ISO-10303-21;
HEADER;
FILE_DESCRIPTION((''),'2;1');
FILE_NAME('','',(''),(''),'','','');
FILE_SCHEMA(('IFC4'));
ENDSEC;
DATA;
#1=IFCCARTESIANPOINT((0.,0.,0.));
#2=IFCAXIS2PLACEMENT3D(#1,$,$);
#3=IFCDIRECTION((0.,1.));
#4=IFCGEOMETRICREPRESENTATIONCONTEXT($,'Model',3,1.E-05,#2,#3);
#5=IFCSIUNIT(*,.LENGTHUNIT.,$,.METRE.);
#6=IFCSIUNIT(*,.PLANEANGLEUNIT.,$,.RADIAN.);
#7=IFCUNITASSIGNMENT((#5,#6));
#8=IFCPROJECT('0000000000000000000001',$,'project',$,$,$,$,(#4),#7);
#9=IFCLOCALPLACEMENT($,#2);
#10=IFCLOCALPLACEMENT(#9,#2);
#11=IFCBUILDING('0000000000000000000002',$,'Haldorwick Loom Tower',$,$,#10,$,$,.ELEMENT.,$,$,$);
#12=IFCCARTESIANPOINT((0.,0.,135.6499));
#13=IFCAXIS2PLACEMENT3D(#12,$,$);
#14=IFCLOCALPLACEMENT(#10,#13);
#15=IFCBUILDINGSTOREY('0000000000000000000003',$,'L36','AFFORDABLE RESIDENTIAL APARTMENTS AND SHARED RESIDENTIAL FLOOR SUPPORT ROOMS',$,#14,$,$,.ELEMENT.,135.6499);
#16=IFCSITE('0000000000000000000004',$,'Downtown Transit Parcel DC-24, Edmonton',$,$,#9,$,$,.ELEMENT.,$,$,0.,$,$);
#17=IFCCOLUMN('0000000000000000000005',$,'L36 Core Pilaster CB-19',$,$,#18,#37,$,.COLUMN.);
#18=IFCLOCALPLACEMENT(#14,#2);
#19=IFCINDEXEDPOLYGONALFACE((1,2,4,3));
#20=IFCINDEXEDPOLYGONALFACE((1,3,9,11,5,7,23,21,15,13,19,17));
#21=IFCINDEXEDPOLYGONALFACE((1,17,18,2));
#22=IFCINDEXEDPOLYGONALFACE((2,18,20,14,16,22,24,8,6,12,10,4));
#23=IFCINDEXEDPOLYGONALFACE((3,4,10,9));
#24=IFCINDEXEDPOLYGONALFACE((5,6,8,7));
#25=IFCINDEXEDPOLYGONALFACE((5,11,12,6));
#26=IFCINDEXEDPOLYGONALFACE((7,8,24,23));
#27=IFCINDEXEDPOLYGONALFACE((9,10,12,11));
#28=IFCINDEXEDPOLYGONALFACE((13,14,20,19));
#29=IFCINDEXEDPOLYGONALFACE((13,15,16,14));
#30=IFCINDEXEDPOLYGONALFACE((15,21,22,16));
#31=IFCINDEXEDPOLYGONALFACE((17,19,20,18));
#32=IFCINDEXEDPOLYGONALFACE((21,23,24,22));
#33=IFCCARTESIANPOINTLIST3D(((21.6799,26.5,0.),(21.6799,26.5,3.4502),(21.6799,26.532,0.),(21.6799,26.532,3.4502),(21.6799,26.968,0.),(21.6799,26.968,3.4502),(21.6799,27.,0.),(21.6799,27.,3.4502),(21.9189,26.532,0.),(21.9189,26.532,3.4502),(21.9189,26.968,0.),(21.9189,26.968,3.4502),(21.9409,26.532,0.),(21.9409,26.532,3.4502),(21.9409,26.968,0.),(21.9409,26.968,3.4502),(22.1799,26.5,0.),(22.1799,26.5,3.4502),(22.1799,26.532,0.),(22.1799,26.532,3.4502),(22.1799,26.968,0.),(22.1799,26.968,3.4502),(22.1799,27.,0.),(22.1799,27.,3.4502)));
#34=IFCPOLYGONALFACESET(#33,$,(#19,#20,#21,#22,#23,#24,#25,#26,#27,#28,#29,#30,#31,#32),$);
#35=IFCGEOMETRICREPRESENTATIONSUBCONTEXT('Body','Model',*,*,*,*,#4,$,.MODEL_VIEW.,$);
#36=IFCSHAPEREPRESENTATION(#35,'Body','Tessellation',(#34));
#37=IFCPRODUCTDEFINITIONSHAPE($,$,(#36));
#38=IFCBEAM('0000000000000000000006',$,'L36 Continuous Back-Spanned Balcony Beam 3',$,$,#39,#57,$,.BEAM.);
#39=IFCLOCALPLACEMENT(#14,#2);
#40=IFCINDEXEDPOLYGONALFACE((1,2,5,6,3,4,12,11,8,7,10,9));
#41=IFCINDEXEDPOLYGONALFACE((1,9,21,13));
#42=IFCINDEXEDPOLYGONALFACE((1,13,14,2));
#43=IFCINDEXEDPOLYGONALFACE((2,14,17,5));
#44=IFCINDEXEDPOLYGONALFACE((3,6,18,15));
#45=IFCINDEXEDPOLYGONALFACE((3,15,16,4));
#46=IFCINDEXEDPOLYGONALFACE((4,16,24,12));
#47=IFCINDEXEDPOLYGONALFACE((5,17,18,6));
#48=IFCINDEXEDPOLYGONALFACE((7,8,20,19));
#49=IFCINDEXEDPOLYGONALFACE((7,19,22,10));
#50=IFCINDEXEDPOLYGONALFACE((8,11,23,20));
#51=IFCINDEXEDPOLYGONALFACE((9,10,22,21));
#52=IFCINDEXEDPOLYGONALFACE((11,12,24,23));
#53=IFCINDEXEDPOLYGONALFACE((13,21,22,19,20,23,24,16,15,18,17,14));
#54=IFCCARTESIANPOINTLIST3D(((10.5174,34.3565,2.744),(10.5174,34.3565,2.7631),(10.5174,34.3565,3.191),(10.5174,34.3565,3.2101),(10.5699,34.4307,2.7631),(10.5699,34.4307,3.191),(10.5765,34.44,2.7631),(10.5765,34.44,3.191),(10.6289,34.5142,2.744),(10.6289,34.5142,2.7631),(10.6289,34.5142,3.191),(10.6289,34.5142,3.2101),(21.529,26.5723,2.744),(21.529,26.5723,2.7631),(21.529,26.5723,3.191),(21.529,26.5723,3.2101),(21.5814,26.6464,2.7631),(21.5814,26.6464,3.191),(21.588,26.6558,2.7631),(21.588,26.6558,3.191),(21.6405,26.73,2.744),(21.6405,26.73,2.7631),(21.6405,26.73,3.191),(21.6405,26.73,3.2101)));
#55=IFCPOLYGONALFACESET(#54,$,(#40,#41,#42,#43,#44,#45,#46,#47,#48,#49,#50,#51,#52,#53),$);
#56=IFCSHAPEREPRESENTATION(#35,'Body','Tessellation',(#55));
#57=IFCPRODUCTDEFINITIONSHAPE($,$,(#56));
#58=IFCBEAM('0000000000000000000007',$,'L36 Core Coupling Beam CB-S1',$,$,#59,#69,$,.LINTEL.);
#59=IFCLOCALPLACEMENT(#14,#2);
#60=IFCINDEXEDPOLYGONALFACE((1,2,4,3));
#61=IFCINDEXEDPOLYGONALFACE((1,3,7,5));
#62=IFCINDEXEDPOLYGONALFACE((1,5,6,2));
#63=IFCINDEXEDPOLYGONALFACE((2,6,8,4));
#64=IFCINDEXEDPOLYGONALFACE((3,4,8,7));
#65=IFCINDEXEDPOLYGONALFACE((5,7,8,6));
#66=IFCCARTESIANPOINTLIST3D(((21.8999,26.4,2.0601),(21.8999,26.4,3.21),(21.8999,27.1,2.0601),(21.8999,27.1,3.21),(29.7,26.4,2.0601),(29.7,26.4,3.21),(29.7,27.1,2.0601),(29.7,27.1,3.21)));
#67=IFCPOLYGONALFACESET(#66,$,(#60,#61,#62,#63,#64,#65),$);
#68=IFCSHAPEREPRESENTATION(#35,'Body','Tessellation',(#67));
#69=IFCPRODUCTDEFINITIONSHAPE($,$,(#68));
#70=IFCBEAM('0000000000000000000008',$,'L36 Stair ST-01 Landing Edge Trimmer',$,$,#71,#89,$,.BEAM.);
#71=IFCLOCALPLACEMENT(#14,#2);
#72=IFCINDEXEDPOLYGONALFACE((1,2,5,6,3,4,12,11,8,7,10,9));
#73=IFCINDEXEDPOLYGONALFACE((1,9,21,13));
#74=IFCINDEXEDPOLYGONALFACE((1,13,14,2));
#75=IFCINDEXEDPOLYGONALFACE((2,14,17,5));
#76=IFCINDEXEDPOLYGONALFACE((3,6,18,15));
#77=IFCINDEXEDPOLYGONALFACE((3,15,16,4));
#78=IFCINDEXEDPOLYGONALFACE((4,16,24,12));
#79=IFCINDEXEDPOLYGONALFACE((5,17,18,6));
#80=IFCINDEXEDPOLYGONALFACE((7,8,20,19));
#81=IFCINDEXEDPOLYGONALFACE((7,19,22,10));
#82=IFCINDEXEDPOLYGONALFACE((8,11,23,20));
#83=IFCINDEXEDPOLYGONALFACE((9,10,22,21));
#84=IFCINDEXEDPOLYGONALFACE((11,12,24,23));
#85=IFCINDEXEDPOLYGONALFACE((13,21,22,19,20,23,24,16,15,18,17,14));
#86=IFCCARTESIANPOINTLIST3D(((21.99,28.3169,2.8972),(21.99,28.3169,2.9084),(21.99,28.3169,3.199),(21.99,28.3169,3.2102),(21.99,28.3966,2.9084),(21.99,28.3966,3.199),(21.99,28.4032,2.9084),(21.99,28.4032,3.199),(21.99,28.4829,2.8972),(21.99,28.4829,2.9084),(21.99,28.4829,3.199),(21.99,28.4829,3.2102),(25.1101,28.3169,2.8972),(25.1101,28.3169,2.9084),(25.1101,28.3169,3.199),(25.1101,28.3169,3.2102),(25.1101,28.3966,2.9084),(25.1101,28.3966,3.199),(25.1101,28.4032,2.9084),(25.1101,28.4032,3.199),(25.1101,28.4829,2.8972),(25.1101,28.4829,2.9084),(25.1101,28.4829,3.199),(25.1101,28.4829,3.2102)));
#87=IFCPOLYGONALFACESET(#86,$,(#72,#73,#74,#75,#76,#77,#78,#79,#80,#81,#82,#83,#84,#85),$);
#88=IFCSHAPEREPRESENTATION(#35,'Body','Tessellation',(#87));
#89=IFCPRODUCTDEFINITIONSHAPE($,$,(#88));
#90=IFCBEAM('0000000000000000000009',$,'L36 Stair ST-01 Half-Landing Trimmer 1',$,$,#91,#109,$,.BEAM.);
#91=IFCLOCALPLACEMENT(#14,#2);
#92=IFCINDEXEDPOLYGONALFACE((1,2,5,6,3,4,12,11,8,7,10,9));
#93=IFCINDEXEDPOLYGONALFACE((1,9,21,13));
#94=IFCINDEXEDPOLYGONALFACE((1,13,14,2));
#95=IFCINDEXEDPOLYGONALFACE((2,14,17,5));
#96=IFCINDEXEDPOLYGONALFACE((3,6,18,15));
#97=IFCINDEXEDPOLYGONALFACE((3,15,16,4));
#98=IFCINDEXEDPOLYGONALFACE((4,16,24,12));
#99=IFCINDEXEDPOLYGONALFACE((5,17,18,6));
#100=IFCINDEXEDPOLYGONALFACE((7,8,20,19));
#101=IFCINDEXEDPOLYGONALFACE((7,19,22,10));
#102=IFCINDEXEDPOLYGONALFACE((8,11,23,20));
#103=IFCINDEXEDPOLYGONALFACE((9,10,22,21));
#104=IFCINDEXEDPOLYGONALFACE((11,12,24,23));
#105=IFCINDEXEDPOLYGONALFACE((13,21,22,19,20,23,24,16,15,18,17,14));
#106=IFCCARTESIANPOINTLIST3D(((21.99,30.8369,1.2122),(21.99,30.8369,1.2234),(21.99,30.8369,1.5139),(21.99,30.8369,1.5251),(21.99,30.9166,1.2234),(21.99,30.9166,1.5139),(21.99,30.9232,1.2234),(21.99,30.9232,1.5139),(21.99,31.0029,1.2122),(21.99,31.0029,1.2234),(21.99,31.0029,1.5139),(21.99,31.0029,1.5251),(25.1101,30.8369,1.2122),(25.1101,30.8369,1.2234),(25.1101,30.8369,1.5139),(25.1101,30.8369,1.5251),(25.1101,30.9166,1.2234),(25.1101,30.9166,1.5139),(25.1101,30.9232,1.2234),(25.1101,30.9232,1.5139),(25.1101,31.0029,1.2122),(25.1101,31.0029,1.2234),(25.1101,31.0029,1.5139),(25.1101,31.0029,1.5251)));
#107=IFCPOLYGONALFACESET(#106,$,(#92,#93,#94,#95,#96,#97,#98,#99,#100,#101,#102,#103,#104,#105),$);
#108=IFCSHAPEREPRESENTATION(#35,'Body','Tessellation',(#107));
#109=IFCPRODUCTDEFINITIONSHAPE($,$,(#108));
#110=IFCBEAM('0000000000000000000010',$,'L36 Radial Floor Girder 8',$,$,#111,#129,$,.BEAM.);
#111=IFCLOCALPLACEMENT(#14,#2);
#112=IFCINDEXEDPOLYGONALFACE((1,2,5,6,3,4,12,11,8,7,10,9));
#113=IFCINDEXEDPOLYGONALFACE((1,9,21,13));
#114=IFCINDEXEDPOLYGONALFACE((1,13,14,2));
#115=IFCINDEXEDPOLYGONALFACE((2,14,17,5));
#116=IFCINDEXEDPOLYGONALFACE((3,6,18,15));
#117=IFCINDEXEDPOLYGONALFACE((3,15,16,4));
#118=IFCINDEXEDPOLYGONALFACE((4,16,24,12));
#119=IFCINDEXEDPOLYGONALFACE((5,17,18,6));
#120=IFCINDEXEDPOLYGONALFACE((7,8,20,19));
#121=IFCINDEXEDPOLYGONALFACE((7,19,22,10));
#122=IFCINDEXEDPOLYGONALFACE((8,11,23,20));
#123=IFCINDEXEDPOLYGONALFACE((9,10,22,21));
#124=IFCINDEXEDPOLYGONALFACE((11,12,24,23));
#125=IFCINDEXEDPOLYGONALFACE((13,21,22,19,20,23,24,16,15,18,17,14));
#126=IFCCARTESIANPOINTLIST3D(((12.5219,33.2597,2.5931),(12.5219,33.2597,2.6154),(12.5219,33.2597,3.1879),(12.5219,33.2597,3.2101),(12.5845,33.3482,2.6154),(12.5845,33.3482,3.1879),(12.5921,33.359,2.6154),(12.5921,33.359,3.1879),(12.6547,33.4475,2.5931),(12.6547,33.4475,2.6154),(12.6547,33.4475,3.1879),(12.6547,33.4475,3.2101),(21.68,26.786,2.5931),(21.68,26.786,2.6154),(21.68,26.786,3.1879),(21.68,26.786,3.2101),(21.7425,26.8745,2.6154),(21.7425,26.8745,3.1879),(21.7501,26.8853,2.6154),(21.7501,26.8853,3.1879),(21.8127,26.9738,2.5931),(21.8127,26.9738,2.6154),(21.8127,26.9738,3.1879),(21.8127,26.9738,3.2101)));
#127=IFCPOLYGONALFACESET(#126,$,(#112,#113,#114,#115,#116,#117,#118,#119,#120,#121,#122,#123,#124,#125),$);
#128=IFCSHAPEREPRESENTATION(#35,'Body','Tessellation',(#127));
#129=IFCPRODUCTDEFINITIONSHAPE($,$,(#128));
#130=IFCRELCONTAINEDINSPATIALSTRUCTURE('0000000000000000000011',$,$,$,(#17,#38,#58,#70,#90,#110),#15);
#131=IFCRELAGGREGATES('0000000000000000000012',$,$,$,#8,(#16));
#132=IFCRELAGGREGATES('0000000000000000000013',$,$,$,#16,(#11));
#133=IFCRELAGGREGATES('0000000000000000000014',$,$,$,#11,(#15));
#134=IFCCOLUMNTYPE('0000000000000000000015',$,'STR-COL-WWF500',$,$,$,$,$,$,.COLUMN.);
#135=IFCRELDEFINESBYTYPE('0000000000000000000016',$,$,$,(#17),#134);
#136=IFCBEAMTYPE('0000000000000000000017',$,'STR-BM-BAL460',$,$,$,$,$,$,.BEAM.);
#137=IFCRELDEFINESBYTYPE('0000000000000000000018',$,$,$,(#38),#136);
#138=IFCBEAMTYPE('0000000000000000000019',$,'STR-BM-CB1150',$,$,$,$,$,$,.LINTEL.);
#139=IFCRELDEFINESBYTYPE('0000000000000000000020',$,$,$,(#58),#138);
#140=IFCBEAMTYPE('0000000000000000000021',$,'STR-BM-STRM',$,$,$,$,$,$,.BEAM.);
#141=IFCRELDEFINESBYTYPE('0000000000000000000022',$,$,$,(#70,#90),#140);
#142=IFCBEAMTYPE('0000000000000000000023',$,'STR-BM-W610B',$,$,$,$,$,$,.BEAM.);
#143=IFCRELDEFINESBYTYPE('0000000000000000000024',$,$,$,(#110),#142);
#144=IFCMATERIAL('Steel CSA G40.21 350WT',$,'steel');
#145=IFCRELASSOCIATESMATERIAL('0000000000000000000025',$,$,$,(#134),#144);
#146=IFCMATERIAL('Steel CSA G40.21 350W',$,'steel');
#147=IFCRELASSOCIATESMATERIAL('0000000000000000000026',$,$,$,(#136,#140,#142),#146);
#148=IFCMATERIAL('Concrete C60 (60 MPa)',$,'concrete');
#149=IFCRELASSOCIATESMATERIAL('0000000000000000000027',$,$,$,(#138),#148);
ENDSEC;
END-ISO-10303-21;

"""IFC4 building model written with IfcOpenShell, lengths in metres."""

from ifc_helpers import new_model, si_unit, direction, frame, origin, origin_2d, place, context, subcontext, project, spatial, rectangle, i_section, extrude, material, material_profile, profile_set, type_object, element, save


model = new_model("IFC4")

# Units and contexts
model_context = context("Model", 3, precision=1e-05, world=origin(), true_north=direction((0.0, 1.0)))
body_context = subcontext(model_context, "Body", "Model", "MODEL_VIEW")
ifc_project = project(units=[si_unit("LENGTHUNIT", "METRE"), si_unit("PLANEANGLEUNIT", "RADIAN")], contexts=[model_context])

# Site, building, storey
site_placement = place(None, origin())
site = spatial("IfcSite", under=ifc_project, at=site_placement, Name="Downtown Transit Parcel DC-24, Edmonton", CompositionType="ELEMENT", RefElevation=0.0)
building_placement = place(site_placement, origin())
building = spatial("IfcBuilding", under=site, at=building_placement, Name="Haldorwick Loom Tower", CompositionType="ELEMENT")
storey_placement = place(building_placement, frame((0.0, 0.0, 135.6499)))
storey = spatial("IfcBuildingStorey", under=building, at=storey_placement, Name="L36", Description="AFFORDABLE RESIDENTIAL APARTMENTS AND SHARED RESIDENTIAL FLOOR SUPPORT ROOMS", CompositionType="ELEMENT", Elevation=135.6499)

# Column
ifc_material_1 = material(Name="Steel CSA G40.21 350WT", Category="steel")
ifc_material_profile_1 = material_profile(ifc_material_1, i_section(OverallWidth=0.5, OverallDepth=0.5, WebThickness=0.022, FlangeThickness=0.032, at=origin_2d()), Name="WWF500X500", Category="steel")
ifc_profile_set_1 = profile_set([ifc_material_profile_1], Name="Steel CSA G40.21 350WT")
column_type = type_object("IfcColumnType", Name="STR-COL-WWF500", PredefinedType="COLUMN", material=ifc_profile_set_1)
column_placement = place(storey_placement, frame((21.9299, 26.75, 0.0), z_axis=(0.0, 0.0, 1.0), x_axis=(1.0, 0.0, 0.0)))
element("IfcColumn", 1, at=column_placement, inside=storey, type_object=column_type, Name="L36 Core Pilaster CB-19", PredefinedType="COLUMN", context=body_context, shape_type="SweptSolid", body=[
    extrude(i_section(OverallWidth=0.5, OverallDepth=0.5, WebThickness=0.022, FlangeThickness=0.032, at=origin_2d()), origin(), (0.0, 0.0, 1.0), 3.4502),
])

# Beams
ifc_material_2 = material(Name="Steel CSA G40.21 350W", Category="steel")
ifc_material_profile_2 = material_profile(ifc_material_2, i_section(OverallWidth=0.1931, OverallDepth=0.4661, WebThickness=0.0115, FlangeThickness=0.019, at=origin_2d()), Name="W460X97", Category="steel")
ifc_profile_set_2 = profile_set([ifc_material_profile_2], Name="Steel CSA G40.21 350W")
beam_type_1 = type_object("IfcBeamType", Name="STR-BM-BAL460", PredefinedType="BEAM", material=ifc_profile_set_2)
beam_1_placement = place(storey_placement, frame((21.5847, 26.6511, 2.9771), z_axis=(-0.81657, 0.577246, 0.0), x_axis=(-0.577246, -0.81657, 0.0)))
element("IfcBeam", 2, at=beam_1_placement, inside=storey, type_object=beam_type_1, Name="L36 Continuous Back-Spanned Balcony Beam 3", PredefinedType="BEAM", context=body_context, shape_type="SweptSolid", body=[
    extrude(i_section(OverallWidth=0.1931, OverallDepth=0.4661, WebThickness=0.0115, FlangeThickness=0.019, at=origin_2d()), origin(), (0.0, 0.0, 1.0), 13.4851),
])
ifc_material_3 = material(Name="Concrete C60 (60 MPa)", Category="concrete")
ifc_material_profile_3 = material_profile(ifc_material_3, rectangle(XDim=0.7, YDim=1.1499, at=origin_2d()), Name="RC700X1150", Category="concrete")
ifc_profile_set_3 = profile_set([ifc_material_profile_3], Name="Concrete C60 (60 MPa)")
beam_type_2 = type_object("IfcBeamType", Name="STR-BM-CB1150", PredefinedType="LINTEL", material=ifc_profile_set_3)
beam_2_placement = place(storey_placement, frame((21.8999, 26.75, 2.635), z_axis=(1.0, 0.0, 0.0), x_axis=(0.0, 1.0, 0.0)))
element("IfcBeam", 3, at=beam_2_placement, inside=storey, type_object=beam_type_2, Name="L36 Core Coupling Beam CB-S1", PredefinedType="LINTEL", context=body_context, shape_type="SweptSolid", body=[
    extrude(rectangle(XDim=0.7, YDim=1.1499, at=origin_2d()), origin(), (0.0, 0.0, 1.0), 7.8),
])
ifc_material_profile_4 = material_profile(ifc_material_2, i_section(OverallWidth=0.166, OverallDepth=0.313, WebThickness=0.0066, FlangeThickness=0.0112, at=origin_2d()), Name="W310X45", Category="steel")
ifc_profile_set_4 = profile_set([ifc_material_profile_4], Name="Steel CSA G40.21 350W")
beam_type_3 = type_object("IfcBeamType", Name="STR-BM-STRM", PredefinedType="BEAM", material=ifc_profile_set_4)
for number, where, z_axis, x_axis, name in (
    (4, (21.99, 28.3999, 3.0537), (1.0, 0.0, 0.0), (0.0, 1.0, 0.0), "L36 Stair ST-01 Landing Edge Trimmer"),
    (5, (21.99, 30.9199, 1.3687), (1.0, 0.0, 0.0), (0.0, 1.0, 0.0), "L36 Stair ST-01 Half-Landing Trimmer 1"),
):
    element("IfcBeam", number, at=place(storey_placement, frame(where, z_axis=z_axis, x_axis=x_axis)), inside=storey, type_object=beam_type_3, Name=name, PredefinedType="BEAM", context=body_context, shape_type="SweptSolid", body=[
        extrude(i_section(OverallWidth=0.166, OverallDepth=0.313, WebThickness=0.0066, FlangeThickness=0.0112, at=origin_2d()), origin(), (0.0, 0.0, 1.0), 3.1201),
    ])
ifc_material_profile_5 = material_profile(ifc_material_2, i_section(OverallWidth=0.23, OverallDepth=0.6169, WebThickness=0.0132, FlangeThickness=0.0222, at=origin_2d()), Name="W610X140", Category="steel")
ifc_profile_set_5 = profile_set([ifc_material_profile_5], Name="Steel CSA G40.21 350W")
beam_type_4 = type_object("IfcBeamType", Name="STR-BM-W610B", PredefinedType="BEAM", material=ifc_profile_set_5)
beam_3_placement = place(storey_placement, frame((21.7463, 26.8799, 2.9016), z_axis=(-0.816582, 0.57723, 0.0), x_axis=(-0.57723, -0.816582, 0.0)))
element("IfcBeam", 6, at=beam_3_placement, inside=storey, type_object=beam_type_4, Name="L36 Radial Floor Girder 8", PredefinedType="BEAM", context=body_context, shape_type="SweptSolid", body=[
    extrude(i_section(OverallWidth=0.23, OverallDepth=0.6169, WebThickness=0.0132, FlangeThickness=0.0222, at=origin_2d()), origin(), (0.0, 0.0, 1.0), 11.2151),
])

save(model, "model.ifc")
